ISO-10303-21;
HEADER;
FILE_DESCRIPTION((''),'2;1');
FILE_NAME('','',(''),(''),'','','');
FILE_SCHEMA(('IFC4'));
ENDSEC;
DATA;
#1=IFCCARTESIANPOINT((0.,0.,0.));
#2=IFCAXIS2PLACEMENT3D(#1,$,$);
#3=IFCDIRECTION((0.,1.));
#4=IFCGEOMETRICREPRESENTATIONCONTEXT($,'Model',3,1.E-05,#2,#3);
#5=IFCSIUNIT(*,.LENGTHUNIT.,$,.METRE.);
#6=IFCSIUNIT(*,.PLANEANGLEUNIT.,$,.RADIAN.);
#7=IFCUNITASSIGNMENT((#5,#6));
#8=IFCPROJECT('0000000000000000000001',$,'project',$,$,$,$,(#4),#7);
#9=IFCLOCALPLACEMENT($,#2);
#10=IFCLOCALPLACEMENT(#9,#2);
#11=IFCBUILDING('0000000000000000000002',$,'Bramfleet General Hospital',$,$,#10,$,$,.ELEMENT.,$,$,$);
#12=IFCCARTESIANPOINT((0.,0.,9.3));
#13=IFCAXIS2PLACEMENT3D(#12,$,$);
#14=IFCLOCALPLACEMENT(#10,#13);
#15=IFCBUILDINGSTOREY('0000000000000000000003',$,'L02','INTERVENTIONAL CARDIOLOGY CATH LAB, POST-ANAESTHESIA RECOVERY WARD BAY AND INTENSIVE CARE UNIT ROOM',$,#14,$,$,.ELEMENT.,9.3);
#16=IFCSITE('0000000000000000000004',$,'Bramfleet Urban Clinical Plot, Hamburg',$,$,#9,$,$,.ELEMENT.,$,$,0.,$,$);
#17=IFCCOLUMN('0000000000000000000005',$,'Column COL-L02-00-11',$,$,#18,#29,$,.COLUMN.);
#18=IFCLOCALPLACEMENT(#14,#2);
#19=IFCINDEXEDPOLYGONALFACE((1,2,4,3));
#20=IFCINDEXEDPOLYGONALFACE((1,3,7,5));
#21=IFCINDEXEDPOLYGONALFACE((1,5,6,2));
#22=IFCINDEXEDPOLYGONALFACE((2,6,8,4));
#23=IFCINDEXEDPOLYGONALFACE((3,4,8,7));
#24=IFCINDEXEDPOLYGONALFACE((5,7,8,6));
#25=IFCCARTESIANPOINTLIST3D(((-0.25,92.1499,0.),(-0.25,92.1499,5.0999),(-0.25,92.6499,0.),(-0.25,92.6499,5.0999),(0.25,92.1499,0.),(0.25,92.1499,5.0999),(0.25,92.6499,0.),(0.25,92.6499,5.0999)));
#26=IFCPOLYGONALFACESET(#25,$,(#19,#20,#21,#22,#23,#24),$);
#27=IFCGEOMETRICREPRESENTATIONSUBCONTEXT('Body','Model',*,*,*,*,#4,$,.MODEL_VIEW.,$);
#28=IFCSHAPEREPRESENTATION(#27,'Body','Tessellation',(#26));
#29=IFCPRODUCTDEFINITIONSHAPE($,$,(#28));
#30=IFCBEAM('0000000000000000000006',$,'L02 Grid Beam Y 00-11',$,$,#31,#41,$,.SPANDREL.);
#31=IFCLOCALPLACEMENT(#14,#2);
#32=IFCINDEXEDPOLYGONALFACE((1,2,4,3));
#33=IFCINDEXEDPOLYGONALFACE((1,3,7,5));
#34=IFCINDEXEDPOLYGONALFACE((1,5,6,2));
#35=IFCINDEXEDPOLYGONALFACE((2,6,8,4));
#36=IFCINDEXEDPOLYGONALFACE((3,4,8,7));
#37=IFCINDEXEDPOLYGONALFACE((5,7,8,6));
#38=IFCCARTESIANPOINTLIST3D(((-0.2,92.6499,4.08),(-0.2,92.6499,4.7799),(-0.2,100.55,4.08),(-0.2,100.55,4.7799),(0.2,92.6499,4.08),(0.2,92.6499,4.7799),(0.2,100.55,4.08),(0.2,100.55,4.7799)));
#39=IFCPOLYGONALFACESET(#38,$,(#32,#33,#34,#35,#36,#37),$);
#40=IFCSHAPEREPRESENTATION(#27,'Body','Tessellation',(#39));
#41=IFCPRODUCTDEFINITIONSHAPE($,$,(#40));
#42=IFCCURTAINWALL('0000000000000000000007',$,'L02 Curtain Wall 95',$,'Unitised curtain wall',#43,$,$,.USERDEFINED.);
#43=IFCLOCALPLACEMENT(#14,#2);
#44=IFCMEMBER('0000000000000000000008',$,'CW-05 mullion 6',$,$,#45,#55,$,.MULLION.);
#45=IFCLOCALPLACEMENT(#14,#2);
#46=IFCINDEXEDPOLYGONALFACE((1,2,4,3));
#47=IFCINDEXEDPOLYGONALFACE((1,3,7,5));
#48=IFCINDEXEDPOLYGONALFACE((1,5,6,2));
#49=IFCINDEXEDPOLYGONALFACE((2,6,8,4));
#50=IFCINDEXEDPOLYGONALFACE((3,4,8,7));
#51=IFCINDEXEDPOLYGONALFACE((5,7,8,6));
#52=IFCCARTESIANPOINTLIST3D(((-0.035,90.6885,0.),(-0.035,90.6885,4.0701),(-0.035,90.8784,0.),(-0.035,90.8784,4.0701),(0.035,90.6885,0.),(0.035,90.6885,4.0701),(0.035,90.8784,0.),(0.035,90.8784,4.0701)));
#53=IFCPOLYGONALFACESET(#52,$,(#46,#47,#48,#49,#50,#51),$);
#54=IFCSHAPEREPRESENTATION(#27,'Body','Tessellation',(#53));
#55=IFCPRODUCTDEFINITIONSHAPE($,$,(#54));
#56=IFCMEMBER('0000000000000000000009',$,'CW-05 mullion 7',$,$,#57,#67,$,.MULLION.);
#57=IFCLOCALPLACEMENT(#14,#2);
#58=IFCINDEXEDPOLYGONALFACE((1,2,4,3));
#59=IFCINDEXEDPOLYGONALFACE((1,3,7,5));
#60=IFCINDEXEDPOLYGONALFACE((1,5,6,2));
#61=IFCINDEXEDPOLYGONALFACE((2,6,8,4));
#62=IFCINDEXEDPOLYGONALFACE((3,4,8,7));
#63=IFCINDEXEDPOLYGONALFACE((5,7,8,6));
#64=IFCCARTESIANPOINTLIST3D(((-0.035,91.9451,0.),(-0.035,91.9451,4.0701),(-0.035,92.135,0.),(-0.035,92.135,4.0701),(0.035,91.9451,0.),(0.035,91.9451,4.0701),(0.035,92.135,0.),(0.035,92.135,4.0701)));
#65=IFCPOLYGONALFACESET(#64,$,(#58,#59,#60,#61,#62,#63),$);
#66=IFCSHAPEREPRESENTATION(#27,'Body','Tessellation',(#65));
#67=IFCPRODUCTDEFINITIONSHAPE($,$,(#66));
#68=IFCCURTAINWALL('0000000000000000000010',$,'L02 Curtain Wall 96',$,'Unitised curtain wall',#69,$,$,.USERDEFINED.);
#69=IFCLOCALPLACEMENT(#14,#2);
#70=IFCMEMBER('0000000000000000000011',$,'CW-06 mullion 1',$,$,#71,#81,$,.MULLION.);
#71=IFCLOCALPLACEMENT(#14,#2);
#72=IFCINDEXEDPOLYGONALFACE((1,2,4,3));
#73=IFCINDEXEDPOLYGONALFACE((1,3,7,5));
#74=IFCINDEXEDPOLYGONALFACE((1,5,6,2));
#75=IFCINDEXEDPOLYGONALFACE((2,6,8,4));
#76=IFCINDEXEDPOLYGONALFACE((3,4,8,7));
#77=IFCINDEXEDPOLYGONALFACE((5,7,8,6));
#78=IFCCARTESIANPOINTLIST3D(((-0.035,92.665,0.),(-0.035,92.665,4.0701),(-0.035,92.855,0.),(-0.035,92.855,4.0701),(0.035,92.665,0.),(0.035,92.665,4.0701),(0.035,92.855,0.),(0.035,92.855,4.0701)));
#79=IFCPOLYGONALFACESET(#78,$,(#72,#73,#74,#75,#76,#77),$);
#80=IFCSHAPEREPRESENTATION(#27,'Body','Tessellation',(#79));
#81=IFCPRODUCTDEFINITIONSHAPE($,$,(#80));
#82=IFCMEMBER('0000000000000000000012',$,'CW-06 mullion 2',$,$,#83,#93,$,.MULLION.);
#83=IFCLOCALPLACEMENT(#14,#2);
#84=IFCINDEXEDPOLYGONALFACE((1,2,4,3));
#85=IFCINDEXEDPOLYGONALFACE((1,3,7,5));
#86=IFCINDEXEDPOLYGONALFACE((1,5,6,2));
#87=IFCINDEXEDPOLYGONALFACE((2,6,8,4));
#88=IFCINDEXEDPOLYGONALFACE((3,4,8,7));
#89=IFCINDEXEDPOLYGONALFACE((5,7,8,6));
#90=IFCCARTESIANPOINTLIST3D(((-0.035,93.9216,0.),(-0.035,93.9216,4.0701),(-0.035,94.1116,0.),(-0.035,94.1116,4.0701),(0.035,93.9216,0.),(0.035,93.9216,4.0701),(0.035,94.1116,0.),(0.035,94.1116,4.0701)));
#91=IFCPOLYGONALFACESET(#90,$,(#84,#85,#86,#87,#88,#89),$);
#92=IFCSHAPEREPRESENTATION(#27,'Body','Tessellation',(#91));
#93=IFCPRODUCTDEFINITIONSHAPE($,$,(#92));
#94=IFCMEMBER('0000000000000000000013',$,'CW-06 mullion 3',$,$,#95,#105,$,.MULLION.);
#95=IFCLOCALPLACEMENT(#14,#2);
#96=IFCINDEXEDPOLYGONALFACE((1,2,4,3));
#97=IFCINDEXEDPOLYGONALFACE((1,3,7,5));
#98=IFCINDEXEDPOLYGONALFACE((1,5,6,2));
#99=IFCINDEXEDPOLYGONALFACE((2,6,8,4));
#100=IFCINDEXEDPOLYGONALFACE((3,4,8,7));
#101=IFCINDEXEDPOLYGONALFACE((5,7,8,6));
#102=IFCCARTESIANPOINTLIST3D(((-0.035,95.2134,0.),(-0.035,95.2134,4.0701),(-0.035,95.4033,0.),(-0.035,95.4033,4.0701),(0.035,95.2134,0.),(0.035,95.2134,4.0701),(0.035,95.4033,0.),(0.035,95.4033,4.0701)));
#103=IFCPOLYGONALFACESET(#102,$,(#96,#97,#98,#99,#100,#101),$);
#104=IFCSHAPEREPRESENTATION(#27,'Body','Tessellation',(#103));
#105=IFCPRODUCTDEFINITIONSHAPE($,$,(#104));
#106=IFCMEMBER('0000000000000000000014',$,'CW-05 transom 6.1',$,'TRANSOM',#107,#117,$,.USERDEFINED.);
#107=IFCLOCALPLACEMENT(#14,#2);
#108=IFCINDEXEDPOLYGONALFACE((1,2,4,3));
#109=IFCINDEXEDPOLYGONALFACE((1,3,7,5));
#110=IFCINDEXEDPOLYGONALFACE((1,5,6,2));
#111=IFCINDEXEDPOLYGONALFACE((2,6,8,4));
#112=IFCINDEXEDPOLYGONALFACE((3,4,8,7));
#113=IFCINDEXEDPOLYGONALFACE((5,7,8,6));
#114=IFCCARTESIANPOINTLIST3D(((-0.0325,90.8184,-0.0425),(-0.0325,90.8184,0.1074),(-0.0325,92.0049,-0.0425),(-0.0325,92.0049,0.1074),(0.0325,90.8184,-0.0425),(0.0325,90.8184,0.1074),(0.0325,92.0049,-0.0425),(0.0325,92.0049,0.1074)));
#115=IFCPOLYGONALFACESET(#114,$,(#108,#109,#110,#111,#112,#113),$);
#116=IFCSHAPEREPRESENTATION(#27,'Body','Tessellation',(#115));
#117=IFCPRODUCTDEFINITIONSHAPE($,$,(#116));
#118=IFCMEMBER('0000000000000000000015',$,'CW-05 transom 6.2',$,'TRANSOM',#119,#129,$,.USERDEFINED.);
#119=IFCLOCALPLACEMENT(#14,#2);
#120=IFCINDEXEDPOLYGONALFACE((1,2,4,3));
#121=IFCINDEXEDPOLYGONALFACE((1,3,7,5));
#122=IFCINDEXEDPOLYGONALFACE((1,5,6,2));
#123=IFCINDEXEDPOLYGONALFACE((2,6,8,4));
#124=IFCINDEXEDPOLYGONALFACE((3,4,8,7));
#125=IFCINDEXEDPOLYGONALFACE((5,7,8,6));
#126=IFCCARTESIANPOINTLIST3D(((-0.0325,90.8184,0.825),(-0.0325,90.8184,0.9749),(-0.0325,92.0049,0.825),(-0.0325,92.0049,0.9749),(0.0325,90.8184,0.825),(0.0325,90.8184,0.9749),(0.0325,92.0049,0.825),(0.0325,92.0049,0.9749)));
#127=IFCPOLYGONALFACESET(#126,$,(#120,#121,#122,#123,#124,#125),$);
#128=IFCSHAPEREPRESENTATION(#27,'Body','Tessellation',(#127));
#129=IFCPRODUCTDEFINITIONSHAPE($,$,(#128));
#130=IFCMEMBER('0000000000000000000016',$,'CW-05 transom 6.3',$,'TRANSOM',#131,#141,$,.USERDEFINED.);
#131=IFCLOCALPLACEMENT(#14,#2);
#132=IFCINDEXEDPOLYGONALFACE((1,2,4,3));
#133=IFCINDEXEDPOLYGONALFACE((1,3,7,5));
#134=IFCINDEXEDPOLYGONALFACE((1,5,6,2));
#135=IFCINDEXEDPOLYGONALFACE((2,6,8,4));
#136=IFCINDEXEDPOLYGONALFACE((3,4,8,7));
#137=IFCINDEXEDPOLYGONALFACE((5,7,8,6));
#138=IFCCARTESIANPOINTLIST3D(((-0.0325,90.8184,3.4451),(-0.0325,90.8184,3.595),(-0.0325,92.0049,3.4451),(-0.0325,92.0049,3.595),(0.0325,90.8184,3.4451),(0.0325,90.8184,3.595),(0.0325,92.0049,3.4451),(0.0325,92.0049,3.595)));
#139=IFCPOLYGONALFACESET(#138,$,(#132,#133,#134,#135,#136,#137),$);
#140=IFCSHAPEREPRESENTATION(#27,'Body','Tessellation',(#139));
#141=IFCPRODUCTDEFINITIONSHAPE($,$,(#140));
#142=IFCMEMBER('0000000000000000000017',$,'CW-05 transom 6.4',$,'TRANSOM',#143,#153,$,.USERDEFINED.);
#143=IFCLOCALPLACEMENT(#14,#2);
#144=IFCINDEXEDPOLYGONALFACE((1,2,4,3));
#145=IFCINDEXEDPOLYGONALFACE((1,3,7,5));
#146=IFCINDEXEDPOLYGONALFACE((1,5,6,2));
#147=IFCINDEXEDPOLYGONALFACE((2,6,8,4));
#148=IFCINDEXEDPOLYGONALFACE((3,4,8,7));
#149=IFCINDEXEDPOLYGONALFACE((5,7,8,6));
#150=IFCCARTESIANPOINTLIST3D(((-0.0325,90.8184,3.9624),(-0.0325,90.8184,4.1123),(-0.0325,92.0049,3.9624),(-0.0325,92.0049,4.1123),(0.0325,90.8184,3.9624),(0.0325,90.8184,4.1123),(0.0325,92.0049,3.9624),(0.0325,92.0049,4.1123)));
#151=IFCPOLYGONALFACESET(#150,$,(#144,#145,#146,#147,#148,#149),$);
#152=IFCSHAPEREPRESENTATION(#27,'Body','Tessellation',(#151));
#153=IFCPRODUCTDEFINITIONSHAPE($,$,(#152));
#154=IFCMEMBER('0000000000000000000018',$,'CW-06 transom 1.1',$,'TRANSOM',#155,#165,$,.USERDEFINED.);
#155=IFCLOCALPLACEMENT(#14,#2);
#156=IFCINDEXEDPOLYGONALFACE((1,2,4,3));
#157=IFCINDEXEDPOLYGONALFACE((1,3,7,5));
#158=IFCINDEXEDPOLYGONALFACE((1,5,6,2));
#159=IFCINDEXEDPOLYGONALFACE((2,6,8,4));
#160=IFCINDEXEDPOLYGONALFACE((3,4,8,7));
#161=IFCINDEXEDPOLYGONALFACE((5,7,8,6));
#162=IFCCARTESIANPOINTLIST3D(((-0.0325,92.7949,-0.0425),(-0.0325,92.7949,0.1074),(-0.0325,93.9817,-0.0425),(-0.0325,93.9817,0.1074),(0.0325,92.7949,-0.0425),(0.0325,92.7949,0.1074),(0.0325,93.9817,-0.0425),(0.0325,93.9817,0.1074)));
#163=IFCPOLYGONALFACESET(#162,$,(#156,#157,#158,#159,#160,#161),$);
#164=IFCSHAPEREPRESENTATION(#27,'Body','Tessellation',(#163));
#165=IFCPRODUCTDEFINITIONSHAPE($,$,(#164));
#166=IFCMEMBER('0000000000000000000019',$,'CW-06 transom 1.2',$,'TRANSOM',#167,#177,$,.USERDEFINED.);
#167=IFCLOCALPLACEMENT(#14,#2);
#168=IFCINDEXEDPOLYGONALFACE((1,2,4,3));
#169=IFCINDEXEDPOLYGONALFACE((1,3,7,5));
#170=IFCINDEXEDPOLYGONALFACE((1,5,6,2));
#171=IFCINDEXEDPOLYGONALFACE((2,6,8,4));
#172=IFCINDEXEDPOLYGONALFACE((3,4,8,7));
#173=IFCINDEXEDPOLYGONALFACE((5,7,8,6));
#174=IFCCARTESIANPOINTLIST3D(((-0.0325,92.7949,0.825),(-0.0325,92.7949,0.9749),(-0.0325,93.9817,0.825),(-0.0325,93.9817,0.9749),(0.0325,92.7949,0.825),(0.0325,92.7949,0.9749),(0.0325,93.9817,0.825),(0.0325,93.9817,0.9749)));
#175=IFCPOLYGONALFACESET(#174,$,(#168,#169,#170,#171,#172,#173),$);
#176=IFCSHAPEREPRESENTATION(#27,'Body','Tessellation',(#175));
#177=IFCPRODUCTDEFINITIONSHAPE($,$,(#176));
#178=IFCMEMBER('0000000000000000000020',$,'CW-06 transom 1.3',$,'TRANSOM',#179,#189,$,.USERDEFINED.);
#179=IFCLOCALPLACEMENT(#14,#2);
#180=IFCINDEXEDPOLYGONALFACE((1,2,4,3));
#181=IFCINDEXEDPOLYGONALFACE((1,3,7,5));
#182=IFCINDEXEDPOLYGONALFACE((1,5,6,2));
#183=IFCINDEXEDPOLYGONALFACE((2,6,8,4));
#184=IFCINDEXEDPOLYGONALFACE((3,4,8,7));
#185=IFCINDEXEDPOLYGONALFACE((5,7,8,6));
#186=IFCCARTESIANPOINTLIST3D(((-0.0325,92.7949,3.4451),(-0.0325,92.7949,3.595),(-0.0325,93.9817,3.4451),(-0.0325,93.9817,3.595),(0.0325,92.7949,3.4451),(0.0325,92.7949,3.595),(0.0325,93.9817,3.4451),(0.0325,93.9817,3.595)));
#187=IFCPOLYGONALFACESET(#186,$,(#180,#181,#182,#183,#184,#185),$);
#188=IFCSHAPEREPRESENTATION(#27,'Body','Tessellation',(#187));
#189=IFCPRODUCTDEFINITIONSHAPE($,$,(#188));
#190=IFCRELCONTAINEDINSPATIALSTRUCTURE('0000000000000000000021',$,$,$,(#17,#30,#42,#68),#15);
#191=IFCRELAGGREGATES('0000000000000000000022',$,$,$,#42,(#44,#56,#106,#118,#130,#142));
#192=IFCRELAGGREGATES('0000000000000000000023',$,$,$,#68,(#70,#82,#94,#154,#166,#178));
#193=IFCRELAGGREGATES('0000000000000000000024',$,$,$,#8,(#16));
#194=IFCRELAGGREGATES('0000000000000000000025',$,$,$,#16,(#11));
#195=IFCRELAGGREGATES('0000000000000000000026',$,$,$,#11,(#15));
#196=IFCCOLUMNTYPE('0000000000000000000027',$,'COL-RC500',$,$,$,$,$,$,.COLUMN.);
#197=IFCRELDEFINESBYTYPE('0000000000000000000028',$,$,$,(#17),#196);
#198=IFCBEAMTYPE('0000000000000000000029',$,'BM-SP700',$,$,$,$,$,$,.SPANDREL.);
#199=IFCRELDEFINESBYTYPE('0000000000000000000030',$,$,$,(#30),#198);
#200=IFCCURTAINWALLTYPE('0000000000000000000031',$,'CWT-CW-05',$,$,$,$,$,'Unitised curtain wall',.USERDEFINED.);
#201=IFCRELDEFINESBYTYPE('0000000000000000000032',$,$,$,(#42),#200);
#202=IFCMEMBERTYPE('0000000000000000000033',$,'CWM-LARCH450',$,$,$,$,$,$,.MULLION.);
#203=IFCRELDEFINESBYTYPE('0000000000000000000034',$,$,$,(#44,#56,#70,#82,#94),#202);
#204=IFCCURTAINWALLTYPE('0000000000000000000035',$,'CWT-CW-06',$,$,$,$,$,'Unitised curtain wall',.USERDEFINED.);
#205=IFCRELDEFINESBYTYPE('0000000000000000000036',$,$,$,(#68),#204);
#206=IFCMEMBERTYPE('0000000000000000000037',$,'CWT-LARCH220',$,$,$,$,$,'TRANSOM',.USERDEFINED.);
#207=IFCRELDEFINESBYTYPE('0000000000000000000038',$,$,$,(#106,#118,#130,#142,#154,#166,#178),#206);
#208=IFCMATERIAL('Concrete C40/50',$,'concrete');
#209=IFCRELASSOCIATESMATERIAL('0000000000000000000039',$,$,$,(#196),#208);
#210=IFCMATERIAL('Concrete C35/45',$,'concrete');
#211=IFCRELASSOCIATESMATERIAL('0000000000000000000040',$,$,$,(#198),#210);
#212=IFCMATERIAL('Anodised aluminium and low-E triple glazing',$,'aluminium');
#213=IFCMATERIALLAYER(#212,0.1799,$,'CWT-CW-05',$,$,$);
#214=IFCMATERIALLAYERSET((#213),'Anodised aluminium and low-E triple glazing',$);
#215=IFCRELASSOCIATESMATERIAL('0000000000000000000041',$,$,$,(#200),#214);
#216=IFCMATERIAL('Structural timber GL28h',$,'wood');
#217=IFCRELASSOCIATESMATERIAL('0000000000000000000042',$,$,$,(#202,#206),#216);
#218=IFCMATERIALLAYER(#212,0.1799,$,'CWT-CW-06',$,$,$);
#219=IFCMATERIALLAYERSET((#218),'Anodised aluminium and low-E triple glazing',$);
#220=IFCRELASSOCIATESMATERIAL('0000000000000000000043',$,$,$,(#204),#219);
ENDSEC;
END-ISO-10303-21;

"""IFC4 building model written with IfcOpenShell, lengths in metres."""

from ifc_helpers import new_model, si_unit, direction, frame, origin, origin_2d, place, context, subcontext, project, spatial, rectangle, extrude, material, layer, layer_set, material_profile, profile_set, type_object, element, aggregate, save


model = new_model("IFC4")

# Units and contexts
model_context = context("Model", 3, precision=1e-05, world=origin(), true_north=direction((0.0, 1.0)))
body_context = subcontext(model_context, "Body", "Model", "MODEL_VIEW")
ifc_project = project(units=[si_unit("LENGTHUNIT", "METRE"), si_unit("PLANEANGLEUNIT", "RADIAN")], contexts=[model_context])

# Site, building, storey
site_placement = place(None, origin())
site = spatial("IfcSite", under=ifc_project, at=site_placement, Name="Bramfleet Urban Clinical Plot, Hamburg", CompositionType="ELEMENT", RefElevation=0.0)
building_placement = place(site_placement, origin())
building = spatial("IfcBuilding", under=site, at=building_placement, Name="Bramfleet General Hospital", CompositionType="ELEMENT")
storey_placement = place(building_placement, frame((0.0, 0.0, 9.3)))
storey = spatial("IfcBuildingStorey", under=building, at=storey_placement, Name="L02", Description="INTERVENTIONAL CARDIOLOGY CATH LAB, POST-ANAESTHESIA RECOVERY WARD BAY AND INTENSIVE CARE UNIT ROOM", CompositionType="ELEMENT", Elevation=9.3)

# Column
ifc_material_1 = material(Name="Concrete C40/50", Category="concrete")
ifc_material_profile_1 = material_profile(ifc_material_1, rectangle(XDim=0.5, YDim=0.5, at=origin_2d()), Name="RC COL 500x500")
ifc_profile_set_1 = profile_set([ifc_material_profile_1], Name="Concrete C40/50")
column_type = type_object("IfcColumnType", Name="COL-RC500", PredefinedType="COLUMN", material=ifc_profile_set_1)
column_placement = place(storey_placement, frame((0.0, 92.3999, 0.0), z_axis=(0.0, 0.0, 1.0), x_axis=(1.0, 0.0, 0.0)))
element("IfcColumn", 1, at=column_placement, inside=storey, type_object=column_type, Name="Column COL-L02-00-11", PredefinedType="COLUMN", context=body_context, shape_type="SweptSolid", body=[
    extrude(rectangle(XDim=0.5, YDim=0.5, at=origin_2d()), origin(), (0.0, 0.0, 1.0), 5.0999),
])

# Beam
ifc_material_2 = material(Name="Concrete C35/45", Category="concrete")
ifc_material_profile_2 = material_profile(ifc_material_2, rectangle(XDim=0.3999, YDim=0.7, at=origin_2d()), Name="RC SP 700x400")
ifc_profile_set_2 = profile_set([ifc_material_profile_2], Name="Concrete C35/45")
beam_type = type_object("IfcBeamType", Name="BM-SP700", PredefinedType="SPANDREL", material=ifc_profile_set_2)
beam_placement = place(storey_placement, frame((0.0, 92.6499, 4.4299), z_axis=(0.0, 1.0, 0.0), x_axis=(-1.0, 0.0, 0.0)))
element("IfcBeam", 2, at=beam_placement, inside=storey, type_object=beam_type, Name="L02 Grid Beam Y 00-11", PredefinedType="SPANDREL", context=body_context, shape_type="SweptSolid", body=[
    extrude(rectangle(XDim=0.3999, YDim=0.7, at=origin_2d()), origin(), (0.0, 0.0, 1.0), 7.9001),
])

# Curtain walls, members
ifc_material_3 = material(Name="Anodised aluminium and low-E triple glazing", Category="aluminium")
ifc_layer_1 = layer(ifc_material_3, 0.1799, Name="CWT-CW-05")
ifc_layer_set_1 = layer_set([ifc_layer_1], Name="Anodised aluminium and low-E triple glazing")
curtain_wall_type_1 = type_object("IfcCurtainWallType", Name="CWT-CW-05", ElementType="Unitised curtain wall", PredefinedType="USERDEFINED", material=ifc_layer_set_1)
curtain_wall_1_placement = place(storey_placement, origin())
curtain_wall_1 = element("IfcCurtainWall", 3, at=curtain_wall_1_placement, inside=storey, type_object=curtain_wall_type_1, Name="L02 Curtain Wall 95", ObjectType="Unitised curtain wall", PredefinedType="USERDEFINED")
ifc_material_4 = material(Name="Structural timber GL28h", Category="wood")
ifc_material_profile_3 = material_profile(ifc_material_4, rectangle(XDim=0.0701, YDim=0.1899, at=origin_2d()), Name="LARCH 190x70")
ifc_profile_set_3 = profile_set([ifc_material_profile_3], Name="Structural timber GL28h")
member_type_1 = type_object("IfcMemberType", Name="CWM-LARCH450", PredefinedType="MULLION", material=ifc_profile_set_3)
member_1_placement = place(storey_placement, frame((0.0, 90.7834, 0.0), z_axis=(0.0, 0.0, 1.0), x_axis=(-1.0, 0.0, 0.0)))
member_1 = element("IfcMember", 4, at=member_1_placement, type_object=member_type_1, Name="CW-05 mullion 6", PredefinedType="MULLION", context=body_context, shape_type="SweptSolid", body=[
    extrude(rectangle(XDim=0.0701, YDim=0.1899, at=origin_2d()), origin(), (0.0, 0.0, 1.0), 4.0701),
])
member_2_placement = place(storey_placement, frame((0.0, 92.04, 0.0), z_axis=(0.0, 0.0, 1.0), x_axis=(-1.0, 0.0, 0.0)))
member_2 = element("IfcMember", 5, at=member_2_placement, type_object=member_type_1, Name="CW-05 mullion 7", PredefinedType="MULLION", context=body_context, shape_type="SweptSolid", body=[
    extrude(rectangle(XDim=0.0701, YDim=0.1899, at=origin_2d()), origin(), (0.0, 0.0, 1.0), 4.0701),
])
ifc_layer_2 = layer(ifc_material_3, 0.1799, Name="CWT-CW-06")
ifc_layer_set_2 = layer_set([ifc_layer_2], Name="Anodised aluminium and low-E triple glazing")
curtain_wall_type_2 = type_object("IfcCurtainWallType", Name="CWT-CW-06", ElementType="Unitised curtain wall", PredefinedType="USERDEFINED", material=ifc_layer_set_2)
curtain_wall_2_placement = place(storey_placement, origin())
curtain_wall_2 = element("IfcCurtainWall", 6, at=curtain_wall_2_placement, inside=storey, type_object=curtain_wall_type_2, Name="L02 Curtain Wall 96", ObjectType="Unitised curtain wall", PredefinedType="USERDEFINED")
member_3_placement = place(storey_placement, frame((0.0, 92.76, 0.0), z_axis=(0.0, 0.0, 1.0), x_axis=(-1.0, 0.0, 0.0)))
member_3 = element("IfcMember", 7, at=member_3_placement, type_object=member_type_1, Name="CW-06 mullion 1", PredefinedType="MULLION", context=body_context, shape_type="SweptSolid", body=[
    extrude(rectangle(XDim=0.0701, YDim=0.1899, at=origin_2d()), origin(), (0.0, 0.0, 1.0), 4.0701),
])
member_4_placement = place(storey_placement, frame((0.0, 94.0166, 0.0), z_axis=(0.0, 0.0, 1.0), x_axis=(-1.0, 0.0, 0.0)))
member_4 = element("IfcMember", 8, at=member_4_placement, type_object=member_type_1, Name="CW-06 mullion 2", PredefinedType="MULLION", context=body_context, shape_type="SweptSolid", body=[
    extrude(rectangle(XDim=0.0701, YDim=0.1899, at=origin_2d()), origin(), (0.0, 0.0, 1.0), 4.0701),
])
member_5_placement = place(storey_placement, frame((0.0, 95.3083, 0.0), z_axis=(0.0, 0.0, 1.0), x_axis=(-1.0, 0.0, 0.0)))
member_5 = element("IfcMember", 9, at=member_5_placement, type_object=member_type_1, Name="CW-06 mullion 3", PredefinedType="MULLION", context=body_context, shape_type="SweptSolid", body=[
    extrude(rectangle(XDim=0.0701, YDim=0.1899, at=origin_2d()), origin(), (0.0, 0.0, 1.0), 4.0701),
])

# Members
ifc_material_profile_4 = material_profile(ifc_material_4, rectangle(XDim=0.0649, YDim=0.1499, at=origin_2d()), Name="LARCH 150x65")
ifc_profile_set_4 = profile_set([ifc_material_profile_4], Name="Structural timber GL28h")
member_type_2 = type_object("IfcMemberType", Name="CWT-LARCH220", ElementType="TRANSOM", PredefinedType="USERDEFINED", material=ifc_profile_set_4)
member_6_placement = place(storey_placement, frame((0.0, 90.8184, 0.0325), z_axis=(0.0, 1.0, 0.0), x_axis=(-1.0, 0.0, 0.0)))
member_6 = element("IfcMember", 10, at=member_6_placement, type_object=member_type_2, Name="CW-05 transom 6.1", ObjectType="TRANSOM", PredefinedType="USERDEFINED", context=body_context, shape_type="SweptSolid", body=[
    extrude(rectangle(XDim=0.0649, YDim=0.1499, at=origin_2d()), origin(), (0.0, 0.0, 1.0), 1.1865),
])
member_7_placement = place(storey_placement, frame((0.0, 90.8184, 0.8999), z_axis=(0.0, 1.0, 0.0), x_axis=(-1.0, 0.0, 0.0)))
member_7 = element("IfcMember", 11, at=member_7_placement, type_object=member_type_2, Name="CW-05 transom 6.2", ObjectType="TRANSOM", PredefinedType="USERDEFINED", context=body_context, shape_type="SweptSolid", body=[
    extrude(rectangle(XDim=0.0649, YDim=0.1499, at=origin_2d()), origin(), (0.0, 0.0, 1.0), 1.1865),
])
member_8_placement = place(storey_placement, frame((0.0, 90.8184, 3.52), z_axis=(0.0, 1.0, 0.0), x_axis=(-1.0, 0.0, 0.0)))
member_8 = element("IfcMember", 12, at=member_8_placement, type_object=member_type_2, Name="CW-05 transom 6.3", ObjectType="TRANSOM", PredefinedType="USERDEFINED", context=body_context, shape_type="SweptSolid", body=[
    extrude(rectangle(XDim=0.0649, YDim=0.1499, at=origin_2d()), origin(), (0.0, 0.0, 1.0), 1.1865),
])
member_9_placement = place(storey_placement, frame((0.0, 90.8184, 4.0374), z_axis=(0.0, 1.0, 0.0), x_axis=(-1.0, 0.0, 0.0)))
member_9 = element("IfcMember", 13, at=member_9_placement, type_object=member_type_2, Name="CW-05 transom 6.4", ObjectType="TRANSOM", PredefinedType="USERDEFINED", context=body_context, shape_type="SweptSolid", body=[
    extrude(rectangle(XDim=0.0649, YDim=0.1499, at=origin_2d()), origin(), (0.0, 0.0, 1.0), 1.1865),
])
member_10_placement = place(storey_placement, frame((0.0, 92.7949, 0.0325), z_axis=(0.0, 1.0, 0.0), x_axis=(-1.0, 0.0, 0.0)))
member_10 = element("IfcMember", 14, at=member_10_placement, type_object=member_type_2, Name="CW-06 transom 1.1", ObjectType="TRANSOM", PredefinedType="USERDEFINED", context=body_context, shape_type="SweptSolid", body=[
    extrude(rectangle(XDim=0.0649, YDim=0.1499, at=origin_2d()), origin(), (0.0, 0.0, 1.0), 1.1868),
])
member_11_placement = place(storey_placement, frame((0.0, 92.7949, 0.8999), z_axis=(0.0, 1.0, 0.0), x_axis=(-1.0, 0.0, 0.0)))
member_11 = element("IfcMember", 15, at=member_11_placement, type_object=member_type_2, Name="CW-06 transom 1.2", ObjectType="TRANSOM", PredefinedType="USERDEFINED", context=body_context, shape_type="SweptSolid", body=[
    extrude(rectangle(XDim=0.0649, YDim=0.1499, at=origin_2d()), origin(), (0.0, 0.0, 1.0), 1.1868),
])
member_12_placement = place(storey_placement, frame((0.0, 92.7949, 3.52), z_axis=(0.0, 1.0, 0.0), x_axis=(-1.0, 0.0, 0.0)))
member_12 = element("IfcMember", 16, at=member_12_placement, type_object=member_type_2, Name="CW-06 transom 1.3", ObjectType="TRANSOM", PredefinedType="USERDEFINED", context=body_context, shape_type="SweptSolid", body=[
    extrude(rectangle(XDim=0.0649, YDim=0.1499, at=origin_2d()), origin(), (0.0, 0.0, 1.0), 1.1868),
])

aggregate(curtain_wall_1, [member_1, member_2, member_6, member_7, member_8, member_9])
aggregate(curtain_wall_2, [member_3, member_4, member_5, member_10, member_11, member_12])

save(model, "model.ifc")
